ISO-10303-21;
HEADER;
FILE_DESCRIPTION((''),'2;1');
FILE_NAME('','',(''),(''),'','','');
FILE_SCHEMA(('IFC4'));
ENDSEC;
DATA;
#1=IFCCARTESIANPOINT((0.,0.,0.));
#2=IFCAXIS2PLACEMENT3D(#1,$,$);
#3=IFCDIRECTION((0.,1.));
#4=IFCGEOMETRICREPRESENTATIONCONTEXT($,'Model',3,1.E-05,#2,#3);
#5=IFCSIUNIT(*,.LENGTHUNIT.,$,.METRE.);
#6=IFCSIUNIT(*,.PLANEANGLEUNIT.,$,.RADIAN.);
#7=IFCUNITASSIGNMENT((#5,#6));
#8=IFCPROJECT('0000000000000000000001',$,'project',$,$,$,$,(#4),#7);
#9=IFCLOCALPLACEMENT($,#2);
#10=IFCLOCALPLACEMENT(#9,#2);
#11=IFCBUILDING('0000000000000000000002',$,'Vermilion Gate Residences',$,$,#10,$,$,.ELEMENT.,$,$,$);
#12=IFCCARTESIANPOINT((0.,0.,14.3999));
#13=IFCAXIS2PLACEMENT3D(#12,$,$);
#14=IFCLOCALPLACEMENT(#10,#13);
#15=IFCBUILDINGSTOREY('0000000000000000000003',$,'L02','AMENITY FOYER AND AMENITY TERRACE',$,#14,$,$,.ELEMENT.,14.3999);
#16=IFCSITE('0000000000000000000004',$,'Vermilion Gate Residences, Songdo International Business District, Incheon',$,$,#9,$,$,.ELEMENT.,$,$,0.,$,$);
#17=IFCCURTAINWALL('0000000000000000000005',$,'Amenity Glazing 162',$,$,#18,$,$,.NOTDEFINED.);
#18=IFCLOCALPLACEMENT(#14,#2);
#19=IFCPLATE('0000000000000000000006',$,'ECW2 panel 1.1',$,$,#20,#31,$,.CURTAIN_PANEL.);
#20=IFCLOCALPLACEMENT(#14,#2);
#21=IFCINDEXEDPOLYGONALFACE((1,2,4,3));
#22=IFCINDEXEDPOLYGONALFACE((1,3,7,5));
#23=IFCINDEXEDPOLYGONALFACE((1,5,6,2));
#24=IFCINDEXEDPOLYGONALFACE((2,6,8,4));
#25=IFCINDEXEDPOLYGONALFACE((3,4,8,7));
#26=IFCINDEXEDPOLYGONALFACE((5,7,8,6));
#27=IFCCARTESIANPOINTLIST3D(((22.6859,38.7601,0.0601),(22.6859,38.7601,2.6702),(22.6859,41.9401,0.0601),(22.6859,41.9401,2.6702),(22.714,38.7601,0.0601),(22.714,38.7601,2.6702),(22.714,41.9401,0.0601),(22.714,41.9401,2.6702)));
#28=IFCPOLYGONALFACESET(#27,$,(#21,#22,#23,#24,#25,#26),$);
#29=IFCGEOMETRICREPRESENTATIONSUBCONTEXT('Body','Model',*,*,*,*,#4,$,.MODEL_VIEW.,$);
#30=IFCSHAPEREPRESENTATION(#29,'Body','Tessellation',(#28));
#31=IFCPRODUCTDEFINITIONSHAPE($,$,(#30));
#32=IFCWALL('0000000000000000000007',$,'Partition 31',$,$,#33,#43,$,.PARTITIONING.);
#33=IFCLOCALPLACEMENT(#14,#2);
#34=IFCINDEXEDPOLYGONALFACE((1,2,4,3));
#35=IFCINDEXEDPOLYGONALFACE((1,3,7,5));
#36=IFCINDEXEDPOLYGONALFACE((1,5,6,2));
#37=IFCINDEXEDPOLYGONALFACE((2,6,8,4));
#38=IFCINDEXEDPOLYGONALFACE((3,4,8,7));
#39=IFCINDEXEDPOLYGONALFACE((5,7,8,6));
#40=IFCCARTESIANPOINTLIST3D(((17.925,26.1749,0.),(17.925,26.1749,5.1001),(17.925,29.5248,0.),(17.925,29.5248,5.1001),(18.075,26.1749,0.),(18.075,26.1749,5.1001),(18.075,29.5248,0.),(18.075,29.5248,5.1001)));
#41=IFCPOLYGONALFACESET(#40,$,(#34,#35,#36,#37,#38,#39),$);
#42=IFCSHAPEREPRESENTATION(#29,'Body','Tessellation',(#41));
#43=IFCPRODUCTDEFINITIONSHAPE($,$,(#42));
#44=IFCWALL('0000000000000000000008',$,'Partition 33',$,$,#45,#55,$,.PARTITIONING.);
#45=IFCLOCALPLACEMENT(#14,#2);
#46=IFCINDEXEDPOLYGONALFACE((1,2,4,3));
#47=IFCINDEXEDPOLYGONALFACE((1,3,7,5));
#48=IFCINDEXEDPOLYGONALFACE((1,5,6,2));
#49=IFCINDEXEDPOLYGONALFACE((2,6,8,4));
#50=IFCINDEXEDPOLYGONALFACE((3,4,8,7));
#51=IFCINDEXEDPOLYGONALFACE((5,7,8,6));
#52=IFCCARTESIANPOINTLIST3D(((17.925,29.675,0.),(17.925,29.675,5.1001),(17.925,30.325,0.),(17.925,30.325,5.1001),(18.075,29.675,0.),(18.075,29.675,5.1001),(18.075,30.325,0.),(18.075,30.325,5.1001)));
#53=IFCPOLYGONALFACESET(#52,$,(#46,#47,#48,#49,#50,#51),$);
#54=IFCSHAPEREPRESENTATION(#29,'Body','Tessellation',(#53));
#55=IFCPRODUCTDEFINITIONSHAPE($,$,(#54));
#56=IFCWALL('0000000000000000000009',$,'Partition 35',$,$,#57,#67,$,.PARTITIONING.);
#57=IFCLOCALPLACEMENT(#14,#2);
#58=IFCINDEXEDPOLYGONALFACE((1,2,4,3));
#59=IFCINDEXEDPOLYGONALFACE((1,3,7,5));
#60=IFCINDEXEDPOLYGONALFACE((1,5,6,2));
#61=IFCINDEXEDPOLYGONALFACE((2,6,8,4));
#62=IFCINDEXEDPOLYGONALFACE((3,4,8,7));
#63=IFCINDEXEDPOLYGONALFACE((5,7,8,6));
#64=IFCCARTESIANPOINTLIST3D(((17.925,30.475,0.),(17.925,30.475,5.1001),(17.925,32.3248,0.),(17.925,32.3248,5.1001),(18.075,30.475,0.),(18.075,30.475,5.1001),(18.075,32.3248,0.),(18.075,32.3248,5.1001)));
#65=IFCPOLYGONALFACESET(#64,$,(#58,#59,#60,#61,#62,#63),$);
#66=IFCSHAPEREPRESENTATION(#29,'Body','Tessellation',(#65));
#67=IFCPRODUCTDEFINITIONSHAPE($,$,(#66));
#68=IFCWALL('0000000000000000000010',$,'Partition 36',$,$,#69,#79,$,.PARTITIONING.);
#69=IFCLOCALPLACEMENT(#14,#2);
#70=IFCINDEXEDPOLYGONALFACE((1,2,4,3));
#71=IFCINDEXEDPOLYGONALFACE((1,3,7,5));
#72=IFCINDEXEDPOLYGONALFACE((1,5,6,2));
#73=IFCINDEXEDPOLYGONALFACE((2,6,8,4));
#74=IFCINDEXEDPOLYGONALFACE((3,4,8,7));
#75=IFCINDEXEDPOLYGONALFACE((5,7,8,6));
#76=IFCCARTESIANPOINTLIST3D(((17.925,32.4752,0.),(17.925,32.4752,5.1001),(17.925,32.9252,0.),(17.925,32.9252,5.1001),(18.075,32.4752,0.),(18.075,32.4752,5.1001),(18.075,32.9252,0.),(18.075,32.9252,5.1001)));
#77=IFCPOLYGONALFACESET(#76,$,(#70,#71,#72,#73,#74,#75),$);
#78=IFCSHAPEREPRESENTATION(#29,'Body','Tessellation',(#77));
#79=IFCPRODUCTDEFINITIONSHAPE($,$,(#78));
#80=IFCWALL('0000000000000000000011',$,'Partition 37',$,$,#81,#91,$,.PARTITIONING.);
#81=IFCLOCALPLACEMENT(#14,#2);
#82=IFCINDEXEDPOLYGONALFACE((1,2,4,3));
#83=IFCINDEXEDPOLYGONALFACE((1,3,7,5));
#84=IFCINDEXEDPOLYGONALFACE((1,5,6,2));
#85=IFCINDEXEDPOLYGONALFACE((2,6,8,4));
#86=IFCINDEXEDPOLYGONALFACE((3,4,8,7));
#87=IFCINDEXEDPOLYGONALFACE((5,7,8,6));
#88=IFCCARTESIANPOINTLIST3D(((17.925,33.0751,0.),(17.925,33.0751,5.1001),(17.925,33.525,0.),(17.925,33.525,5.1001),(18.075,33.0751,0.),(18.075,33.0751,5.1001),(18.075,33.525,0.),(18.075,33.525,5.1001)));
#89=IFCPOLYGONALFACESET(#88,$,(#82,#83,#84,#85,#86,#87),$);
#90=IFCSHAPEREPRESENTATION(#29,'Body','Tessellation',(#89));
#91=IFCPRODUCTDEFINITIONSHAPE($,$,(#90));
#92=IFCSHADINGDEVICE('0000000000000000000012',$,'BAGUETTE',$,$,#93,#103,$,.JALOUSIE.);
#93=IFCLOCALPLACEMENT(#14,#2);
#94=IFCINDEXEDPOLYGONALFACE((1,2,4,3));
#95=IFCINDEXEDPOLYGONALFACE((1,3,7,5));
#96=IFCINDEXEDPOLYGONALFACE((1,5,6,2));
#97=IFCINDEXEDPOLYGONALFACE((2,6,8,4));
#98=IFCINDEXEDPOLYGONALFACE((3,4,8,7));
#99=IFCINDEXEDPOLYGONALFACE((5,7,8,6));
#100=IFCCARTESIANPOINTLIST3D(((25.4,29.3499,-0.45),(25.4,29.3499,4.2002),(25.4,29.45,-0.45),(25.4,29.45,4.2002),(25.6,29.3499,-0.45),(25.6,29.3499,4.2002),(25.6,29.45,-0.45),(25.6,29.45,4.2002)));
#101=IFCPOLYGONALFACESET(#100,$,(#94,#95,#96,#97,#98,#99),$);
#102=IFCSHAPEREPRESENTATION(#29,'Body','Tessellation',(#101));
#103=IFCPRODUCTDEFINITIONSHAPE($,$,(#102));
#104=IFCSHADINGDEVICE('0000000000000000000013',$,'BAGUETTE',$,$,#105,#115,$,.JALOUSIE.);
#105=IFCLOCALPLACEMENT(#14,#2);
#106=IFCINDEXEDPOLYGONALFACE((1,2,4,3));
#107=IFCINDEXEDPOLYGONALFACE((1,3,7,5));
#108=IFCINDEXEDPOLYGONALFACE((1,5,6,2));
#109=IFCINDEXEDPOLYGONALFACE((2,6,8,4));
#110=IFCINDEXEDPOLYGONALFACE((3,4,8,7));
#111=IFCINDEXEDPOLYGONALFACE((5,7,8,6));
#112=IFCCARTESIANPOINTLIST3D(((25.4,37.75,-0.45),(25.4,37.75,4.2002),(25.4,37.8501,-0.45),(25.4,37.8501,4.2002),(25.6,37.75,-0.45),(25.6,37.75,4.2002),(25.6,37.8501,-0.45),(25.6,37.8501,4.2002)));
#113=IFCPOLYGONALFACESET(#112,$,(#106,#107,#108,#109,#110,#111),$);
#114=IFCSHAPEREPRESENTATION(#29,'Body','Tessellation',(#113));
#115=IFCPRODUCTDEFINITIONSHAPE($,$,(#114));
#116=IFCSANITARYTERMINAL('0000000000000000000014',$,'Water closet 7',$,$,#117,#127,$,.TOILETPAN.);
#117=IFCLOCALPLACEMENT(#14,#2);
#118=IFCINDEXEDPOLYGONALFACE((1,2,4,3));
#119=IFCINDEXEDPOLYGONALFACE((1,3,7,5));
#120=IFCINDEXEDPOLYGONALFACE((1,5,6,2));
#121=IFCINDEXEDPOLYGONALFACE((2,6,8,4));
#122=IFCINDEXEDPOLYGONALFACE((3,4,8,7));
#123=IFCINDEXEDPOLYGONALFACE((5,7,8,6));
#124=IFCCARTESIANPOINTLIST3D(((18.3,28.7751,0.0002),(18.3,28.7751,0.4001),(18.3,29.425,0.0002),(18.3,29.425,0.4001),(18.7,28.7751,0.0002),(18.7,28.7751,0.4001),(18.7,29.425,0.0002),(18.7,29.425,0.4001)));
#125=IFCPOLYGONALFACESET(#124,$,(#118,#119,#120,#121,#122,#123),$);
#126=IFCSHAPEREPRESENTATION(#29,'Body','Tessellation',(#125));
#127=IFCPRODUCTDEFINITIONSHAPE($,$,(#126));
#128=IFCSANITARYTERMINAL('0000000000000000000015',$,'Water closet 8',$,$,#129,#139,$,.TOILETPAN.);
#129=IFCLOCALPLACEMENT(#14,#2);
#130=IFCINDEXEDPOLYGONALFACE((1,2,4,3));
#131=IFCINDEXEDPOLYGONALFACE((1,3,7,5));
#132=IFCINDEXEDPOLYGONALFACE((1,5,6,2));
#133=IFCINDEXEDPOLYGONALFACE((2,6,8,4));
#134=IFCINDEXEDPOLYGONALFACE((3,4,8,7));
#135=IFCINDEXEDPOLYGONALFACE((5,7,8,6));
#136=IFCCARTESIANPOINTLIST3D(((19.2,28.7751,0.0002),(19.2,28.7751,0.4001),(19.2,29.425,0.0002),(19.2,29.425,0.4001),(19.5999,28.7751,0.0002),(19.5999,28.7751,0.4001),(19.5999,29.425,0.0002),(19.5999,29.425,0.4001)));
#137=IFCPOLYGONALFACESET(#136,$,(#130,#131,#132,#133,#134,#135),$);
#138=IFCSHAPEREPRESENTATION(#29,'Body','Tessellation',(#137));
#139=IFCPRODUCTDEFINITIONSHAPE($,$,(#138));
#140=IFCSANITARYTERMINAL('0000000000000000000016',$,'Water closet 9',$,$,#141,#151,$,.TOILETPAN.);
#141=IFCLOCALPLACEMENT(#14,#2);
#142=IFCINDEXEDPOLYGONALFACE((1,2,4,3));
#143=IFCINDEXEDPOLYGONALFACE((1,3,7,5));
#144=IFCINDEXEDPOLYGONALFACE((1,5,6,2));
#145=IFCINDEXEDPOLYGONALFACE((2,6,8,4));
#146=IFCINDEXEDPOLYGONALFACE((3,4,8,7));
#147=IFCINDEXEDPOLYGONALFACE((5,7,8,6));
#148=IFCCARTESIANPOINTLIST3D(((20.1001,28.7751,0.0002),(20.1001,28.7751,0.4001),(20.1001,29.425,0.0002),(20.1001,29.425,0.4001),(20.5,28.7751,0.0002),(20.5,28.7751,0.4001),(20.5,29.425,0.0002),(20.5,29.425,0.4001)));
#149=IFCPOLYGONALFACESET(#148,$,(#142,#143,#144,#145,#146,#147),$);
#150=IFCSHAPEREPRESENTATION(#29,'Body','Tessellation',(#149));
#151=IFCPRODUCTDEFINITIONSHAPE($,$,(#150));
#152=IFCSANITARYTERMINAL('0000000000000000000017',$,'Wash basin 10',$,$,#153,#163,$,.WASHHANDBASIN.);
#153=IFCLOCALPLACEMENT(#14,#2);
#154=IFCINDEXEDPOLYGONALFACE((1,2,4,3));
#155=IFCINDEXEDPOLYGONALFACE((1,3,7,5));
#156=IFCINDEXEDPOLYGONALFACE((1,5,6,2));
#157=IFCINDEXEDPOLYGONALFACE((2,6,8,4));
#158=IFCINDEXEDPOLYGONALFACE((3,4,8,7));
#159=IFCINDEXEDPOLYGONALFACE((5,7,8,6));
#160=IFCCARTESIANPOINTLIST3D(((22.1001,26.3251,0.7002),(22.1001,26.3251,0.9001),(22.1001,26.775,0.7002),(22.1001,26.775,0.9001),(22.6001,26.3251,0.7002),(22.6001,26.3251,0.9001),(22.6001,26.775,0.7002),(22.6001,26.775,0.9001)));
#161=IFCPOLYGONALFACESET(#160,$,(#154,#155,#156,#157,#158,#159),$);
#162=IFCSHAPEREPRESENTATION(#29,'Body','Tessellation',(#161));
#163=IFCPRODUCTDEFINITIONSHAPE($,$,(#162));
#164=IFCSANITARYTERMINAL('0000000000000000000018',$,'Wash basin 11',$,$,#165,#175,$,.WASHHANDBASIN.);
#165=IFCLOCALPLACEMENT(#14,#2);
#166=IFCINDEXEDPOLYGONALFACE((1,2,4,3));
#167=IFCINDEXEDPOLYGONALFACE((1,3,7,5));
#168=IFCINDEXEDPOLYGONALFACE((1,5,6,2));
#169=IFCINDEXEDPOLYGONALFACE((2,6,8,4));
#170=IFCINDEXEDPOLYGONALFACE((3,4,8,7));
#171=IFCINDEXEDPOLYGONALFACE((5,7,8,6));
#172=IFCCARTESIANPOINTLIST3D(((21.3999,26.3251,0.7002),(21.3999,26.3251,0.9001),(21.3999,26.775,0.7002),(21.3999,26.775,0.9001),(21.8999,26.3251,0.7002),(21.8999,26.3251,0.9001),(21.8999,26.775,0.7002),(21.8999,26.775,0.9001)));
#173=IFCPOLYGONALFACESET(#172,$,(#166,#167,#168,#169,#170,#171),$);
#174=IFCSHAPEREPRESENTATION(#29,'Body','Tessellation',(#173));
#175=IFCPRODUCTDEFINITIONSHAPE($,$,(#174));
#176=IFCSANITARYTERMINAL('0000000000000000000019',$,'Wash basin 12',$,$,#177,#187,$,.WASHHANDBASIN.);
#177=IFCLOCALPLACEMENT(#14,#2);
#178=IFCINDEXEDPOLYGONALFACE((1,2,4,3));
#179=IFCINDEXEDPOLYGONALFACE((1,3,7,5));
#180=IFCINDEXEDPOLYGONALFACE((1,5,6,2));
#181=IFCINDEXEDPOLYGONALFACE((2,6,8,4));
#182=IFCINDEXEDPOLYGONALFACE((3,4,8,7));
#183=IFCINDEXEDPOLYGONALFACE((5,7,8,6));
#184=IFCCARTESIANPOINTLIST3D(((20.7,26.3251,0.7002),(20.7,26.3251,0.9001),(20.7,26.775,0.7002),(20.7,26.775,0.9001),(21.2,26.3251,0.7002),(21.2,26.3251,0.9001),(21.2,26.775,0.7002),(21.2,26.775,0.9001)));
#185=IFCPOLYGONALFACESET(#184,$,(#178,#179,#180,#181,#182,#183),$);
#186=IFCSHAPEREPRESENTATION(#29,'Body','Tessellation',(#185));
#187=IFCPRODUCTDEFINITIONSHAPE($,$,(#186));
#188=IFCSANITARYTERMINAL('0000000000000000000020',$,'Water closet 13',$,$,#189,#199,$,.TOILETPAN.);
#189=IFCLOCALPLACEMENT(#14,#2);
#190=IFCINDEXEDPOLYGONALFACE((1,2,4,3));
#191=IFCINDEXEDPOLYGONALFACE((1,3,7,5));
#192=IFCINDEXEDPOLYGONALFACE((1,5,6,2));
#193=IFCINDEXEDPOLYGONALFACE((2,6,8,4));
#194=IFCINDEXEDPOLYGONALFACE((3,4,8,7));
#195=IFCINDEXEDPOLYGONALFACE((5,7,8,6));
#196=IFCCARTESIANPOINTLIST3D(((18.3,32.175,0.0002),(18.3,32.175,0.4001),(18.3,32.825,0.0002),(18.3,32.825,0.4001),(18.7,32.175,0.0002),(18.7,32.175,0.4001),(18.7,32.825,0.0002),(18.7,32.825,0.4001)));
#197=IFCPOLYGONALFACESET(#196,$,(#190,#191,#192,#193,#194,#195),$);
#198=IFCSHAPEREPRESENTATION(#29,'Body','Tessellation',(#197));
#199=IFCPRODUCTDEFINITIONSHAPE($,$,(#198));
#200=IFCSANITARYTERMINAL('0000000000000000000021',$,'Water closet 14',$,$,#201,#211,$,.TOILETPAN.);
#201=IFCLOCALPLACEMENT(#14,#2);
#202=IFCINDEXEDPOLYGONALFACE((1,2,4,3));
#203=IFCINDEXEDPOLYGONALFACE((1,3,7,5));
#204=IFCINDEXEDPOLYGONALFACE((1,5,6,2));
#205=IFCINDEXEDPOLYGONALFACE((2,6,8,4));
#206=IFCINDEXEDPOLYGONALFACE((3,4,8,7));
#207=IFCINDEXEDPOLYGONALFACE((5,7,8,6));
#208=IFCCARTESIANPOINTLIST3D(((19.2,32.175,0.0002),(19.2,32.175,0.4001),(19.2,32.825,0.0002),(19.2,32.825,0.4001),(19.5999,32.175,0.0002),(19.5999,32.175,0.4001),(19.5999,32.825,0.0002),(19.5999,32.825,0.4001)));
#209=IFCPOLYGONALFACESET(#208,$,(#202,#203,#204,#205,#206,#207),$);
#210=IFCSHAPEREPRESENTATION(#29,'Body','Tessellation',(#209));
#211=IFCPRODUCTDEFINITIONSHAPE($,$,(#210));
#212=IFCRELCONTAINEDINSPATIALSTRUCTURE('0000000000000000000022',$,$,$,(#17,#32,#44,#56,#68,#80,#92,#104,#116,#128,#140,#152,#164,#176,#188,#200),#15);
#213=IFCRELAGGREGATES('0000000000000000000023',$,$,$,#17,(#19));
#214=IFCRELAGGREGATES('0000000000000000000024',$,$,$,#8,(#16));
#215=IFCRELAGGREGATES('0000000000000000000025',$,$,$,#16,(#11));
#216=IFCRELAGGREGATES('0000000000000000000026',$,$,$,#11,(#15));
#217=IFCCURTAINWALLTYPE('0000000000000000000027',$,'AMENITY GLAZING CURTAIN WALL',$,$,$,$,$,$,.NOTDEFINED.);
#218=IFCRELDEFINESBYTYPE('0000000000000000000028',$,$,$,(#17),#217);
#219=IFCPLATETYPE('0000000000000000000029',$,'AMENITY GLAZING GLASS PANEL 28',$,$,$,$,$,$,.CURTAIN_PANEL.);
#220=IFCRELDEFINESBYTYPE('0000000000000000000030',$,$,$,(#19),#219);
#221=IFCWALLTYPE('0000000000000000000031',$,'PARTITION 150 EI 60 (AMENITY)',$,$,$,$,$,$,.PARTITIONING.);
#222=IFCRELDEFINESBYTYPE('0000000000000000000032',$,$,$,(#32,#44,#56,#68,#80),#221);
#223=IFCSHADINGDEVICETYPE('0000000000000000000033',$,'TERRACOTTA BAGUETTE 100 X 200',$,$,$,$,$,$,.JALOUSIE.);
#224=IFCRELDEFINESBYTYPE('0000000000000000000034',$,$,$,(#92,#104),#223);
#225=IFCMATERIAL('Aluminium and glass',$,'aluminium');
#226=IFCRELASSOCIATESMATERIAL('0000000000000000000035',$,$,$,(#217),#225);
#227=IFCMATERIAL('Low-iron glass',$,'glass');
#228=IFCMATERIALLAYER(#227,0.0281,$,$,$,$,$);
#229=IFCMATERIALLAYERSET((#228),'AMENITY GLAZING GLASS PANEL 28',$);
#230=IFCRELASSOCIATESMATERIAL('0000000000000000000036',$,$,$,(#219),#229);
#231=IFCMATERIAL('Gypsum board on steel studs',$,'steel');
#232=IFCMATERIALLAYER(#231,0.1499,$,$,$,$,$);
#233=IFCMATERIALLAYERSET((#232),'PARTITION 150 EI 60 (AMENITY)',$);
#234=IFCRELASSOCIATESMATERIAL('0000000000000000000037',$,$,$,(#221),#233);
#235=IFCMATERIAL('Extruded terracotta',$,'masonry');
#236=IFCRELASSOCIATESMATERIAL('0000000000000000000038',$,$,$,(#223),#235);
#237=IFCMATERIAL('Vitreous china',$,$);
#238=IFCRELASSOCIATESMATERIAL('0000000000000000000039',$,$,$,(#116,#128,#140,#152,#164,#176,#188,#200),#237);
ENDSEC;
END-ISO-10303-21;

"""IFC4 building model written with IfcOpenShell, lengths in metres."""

from ifc_helpers import new_model, si_unit, direction, frame, frame_2d, origin, origin_2d, place, context, subcontext, project, spatial, rectangle, extrude, material, layer, layer_set, material_profile, profile_set, type_object, element, aggregate, save


model = new_model("IFC4")

# Units and contexts
model_context = context("Model", 3, precision=1e-05, world=origin(), true_north=direction((0.0, 1.0)))
body_context = subcontext(model_context, "Body", "Model", "MODEL_VIEW")
ifc_project = project(units=[si_unit("LENGTHUNIT", "METRE"), si_unit("PLANEANGLEUNIT", "RADIAN")], contexts=[model_context])

# Site, building, storey
site_placement = place(None, origin())
site = spatial("IfcSite", under=ifc_project, at=site_placement, Name="Vermilion Gate Residences, Songdo International Business District, Incheon", CompositionType="ELEMENT", RefElevation=0.0)
building_placement = place(site_placement, origin())
building = spatial("IfcBuilding", under=site, at=building_placement, Name="Vermilion Gate Residences", CompositionType="ELEMENT")
storey_placement = place(building_placement, frame((0.0, 0.0, 14.3999)))
storey = spatial("IfcBuildingStorey", under=building, at=storey_placement, Name="L02", Description="AMENITY FOYER AND AMENITY TERRACE", CompositionType="ELEMENT", Elevation=14.3999)

# Shared definitions
ifc_material_1 = material(Name="Aluminium and glass", Category="aluminium")
curtain_wall_type = type_object("IfcCurtainWallType", Name="AMENITY GLAZING CURTAIN WALL", PredefinedType="NOTDEFINED", material=ifc_material_1)

# Curtain wall
curtain_wall_1_placement = place(storey_placement, origin())
curtain_wall_1 = element("IfcCurtainWall", 1, at=curtain_wall_1_placement, inside=storey, type_object=curtain_wall_type, Name="Amenity Glazing 162", PredefinedType="NOTDEFINED")

# Plate
ifc_material_2 = material(Name="Low-iron glass", Category="glass")
ifc_layer_1 = layer(ifc_material_2, 0.0281)
ifc_layer_set_1 = layer_set([ifc_layer_1], Name="AMENITY GLAZING GLASS PANEL 28")
plate_type = type_object("IfcPlateType", Name="AMENITY GLAZING GLASS PANEL 28", PredefinedType="CURTAIN_PANEL", material=ifc_layer_set_1)
plate_1_placement = place(storey_placement, frame((22.7, 40.3501, 0.0601), z_axis=(0.0, 0.0, 1.0), x_axis=(0.0, 1.0, 0.0)))
plate_1 = element("IfcPlate", 2, at=plate_1_placement, type_object=plate_type, Name="ECW2 panel 1.1", PredefinedType="CURTAIN_PANEL", context=body_context, shape_type="SweptSolid", body=[
    extrude(rectangle(XDim=3.1799, YDim=0.0281, at=origin_2d()), origin(), (0.0, 0.0, 1.0), 2.6101),
])
aggregate(curtain_wall_1, [plate_1])

# Walls
ifc_material_3 = material(Name="Gypsum board on steel studs", Category="steel")
ifc_layer_2 = layer(ifc_material_3, 0.1499)
ifc_layer_set_2 = layer_set([ifc_layer_2], Name="PARTITION 150 EI 60 (AMENITY)")
wall_type_1 = type_object("IfcWallType", Name="PARTITION 150 EI 60 (AMENITY)", PredefinedType="PARTITIONING", material=ifc_layer_set_2)
wall_1_placement = place(storey_placement, frame((18.0, 26.175, 0.0), z_axis=(0.0, 0.0, 1.0), x_axis=(0.0, 1.0, 0.0)))
element("IfcWall", 3, at=wall_1_placement, inside=storey, type_object=wall_type_1, Name="Partition 31", PredefinedType="PARTITIONING", context=body_context, shape_type="SweptSolid", body=[
    extrude(rectangle(XDim=3.3499, YDim=0.1499, at=frame_2d((1.6748, 0.0))), origin(), (0.0, 0.0, 1.0), 5.1001),
])
wall_2_placement = place(storey_placement, frame((18.0, 29.675, 0.0), z_axis=(0.0, 0.0, 1.0), x_axis=(0.0, 1.0, 0.0)))
element("IfcWall", 4, at=wall_2_placement, inside=storey, type_object=wall_type_1, Name="Partition 33", PredefinedType="PARTITIONING", context=body_context, shape_type="SweptSolid", body=[
    extrude(rectangle(XDim=0.6499, YDim=0.1499, at=frame_2d((0.325, 0.0))), origin(), (0.0, 0.0, 1.0), 5.1001),
])
wall_3_placement = place(storey_placement, frame((18.0, 30.4751, 0.0), z_axis=(0.0, 0.0, 1.0), x_axis=(0.0, 1.0, 0.0)))
element("IfcWall", 5, at=wall_3_placement, inside=storey, type_object=wall_type_1, Name="Partition 35", PredefinedType="PARTITIONING", context=body_context, shape_type="SweptSolid", body=[
    extrude(rectangle(XDim=1.8499, YDim=0.1499, at=frame_2d((0.9248, 0.0))), origin(), (0.0, 0.0, 1.0), 5.1001),
])
for number, where, z_axis, x_axis, name in (
    (6, (18.0, 32.4751, 0.0), (0.0, 0.0, 1.0), (0.0, 1.0, 0.0), "Partition 36"),
    (7, (18.0, 33.075, 0.0), (0.0, 0.0, 1.0), (0.0, 1.0, 0.0), "Partition 37"),
):
    element("IfcWall", number, at=place(storey_placement, frame(where, z_axis=z_axis, x_axis=x_axis)), inside=storey, type_object=wall_type_1, Name=name, PredefinedType="PARTITIONING", context=body_context, shape_type="SweptSolid", body=[
        extrude(rectangle(XDim=0.45, YDim=0.1499, at=frame_2d((0.2251, 0.0))), origin(), (0.0, 0.0, 1.0), 5.1001),
    ])

# Shading devices
ifc_material_4 = material(Name="Extruded terracotta", Category="masonry")
ifc_material_profile_1 = material_profile(ifc_material_4, rectangle(XDim=0.2, YDim=0.1001, at=origin_2d()), Name="BAGUETTE 100 X 200")
ifc_profile_set_1 = profile_set([ifc_material_profile_1], Name="Extruded terracotta")
shading_device_type = type_object("IfcShadingDeviceType", Name="TERRACOTTA BAGUETTE 100 X 200", PredefinedType="JALOUSIE", material=ifc_profile_set_1)
for number, where, z_axis, x_axis, name in (
    (8, (25.5, 29.3999, -0.45), (0.0, 0.0, 1.0), (-1.0, 0.0, 0.0), "BAGUETTE"),
    (9, (25.5, 37.8, -0.45), (0.0, 0.0, 1.0), (-1.0, 0.0, 0.0), "BAGUETTE"),
):
    element("IfcShadingDevice", number, at=place(storey_placement, frame(where, z_axis=z_axis, x_axis=x_axis)), inside=storey, type_object=shading_device_type, Name=name, PredefinedType="JALOUSIE", context=body_context, shape_type="SweptSolid", body=[
        extrude(rectangle(XDim=0.2, YDim=0.1001, at=origin_2d()), origin(), (0.0, 0.0, 1.0), 4.6501),
    ])

# Sanitary terminals
ifc_material_5 = material(Name="Vitreous china")
for number, where, z_axis, x_axis, name in (
    (10, (18.5, 29.1001, 0.0002), (0.0, 0.0, 1.0), (1.0, 0.0, 0.0), "Water closet 7"),
    (11, (19.3999, 29.1001, 0.0002), (0.0, 0.0, 1.0), (1.0, 0.0, 0.0), "Water closet 8"),
    (12, (20.3, 29.1001, 0.0002), (0.0, 0.0, 1.0), (1.0, 0.0, 0.0), "Water closet 9"),
):
    element("IfcSanitaryTerminal", number, at=place(storey_placement, frame(where, z_axis=z_axis, x_axis=x_axis)), inside=storey, material=ifc_material_5, Name=name, PredefinedType="TOILETPAN", context=body_context, shape_type="SweptSolid", body=[
        extrude(rectangle(XDim=0.3999, YDim=0.6499, at=origin_2d()), origin(), (0.0, 0.0, 1.0), 0.3999),
    ])
for number, where, z_axis, x_axis, name in (
    (13, (22.3501, 26.55, 0.7002), (0.0, 0.0, 1.0), (1.0, 0.0, 0.0), "Wash basin 10"),
    (14, (21.6499, 26.55, 0.7002), (0.0, 0.0, 1.0), (1.0, 0.0, 0.0), "Wash basin 11"),
    (15, (20.95, 26.55, 0.7002), (0.0, 0.0, 1.0), (1.0, 0.0, 0.0), "Wash basin 12"),
):
    element("IfcSanitaryTerminal", number, at=place(storey_placement, frame(where, z_axis=z_axis, x_axis=x_axis)), inside=storey, material=ifc_material_5, Name=name, PredefinedType="WASHHANDBASIN", context=body_context, shape_type="SweptSolid", body=[
        extrude(rectangle(XDim=0.5, YDim=0.45, at=origin_2d()), origin(), (0.0, 0.0, 1.0), 0.2),
    ])
for number, where, z_axis, x_axis, name in (
    (16, (18.5, 32.5, 0.0002), (0.0, 0.0, 1.0), (1.0, 0.0, 0.0), "Water closet 13"),
    (17, (19.3999, 32.5, 0.0002), (0.0, 0.0, 1.0), (1.0, 0.0, 0.0), "Water closet 14"),
):
    element("IfcSanitaryTerminal", number, at=place(storey_placement, frame(where, z_axis=z_axis, x_axis=x_axis)), inside=storey, material=ifc_material_5, Name=name, PredefinedType="TOILETPAN", context=body_context, shape_type="SweptSolid", body=[
        extrude(rectangle(XDim=0.3999, YDim=0.6499, at=origin_2d()), origin(), (0.0, 0.0, 1.0), 0.3999),
    ])

save(model, "model.ifc")
